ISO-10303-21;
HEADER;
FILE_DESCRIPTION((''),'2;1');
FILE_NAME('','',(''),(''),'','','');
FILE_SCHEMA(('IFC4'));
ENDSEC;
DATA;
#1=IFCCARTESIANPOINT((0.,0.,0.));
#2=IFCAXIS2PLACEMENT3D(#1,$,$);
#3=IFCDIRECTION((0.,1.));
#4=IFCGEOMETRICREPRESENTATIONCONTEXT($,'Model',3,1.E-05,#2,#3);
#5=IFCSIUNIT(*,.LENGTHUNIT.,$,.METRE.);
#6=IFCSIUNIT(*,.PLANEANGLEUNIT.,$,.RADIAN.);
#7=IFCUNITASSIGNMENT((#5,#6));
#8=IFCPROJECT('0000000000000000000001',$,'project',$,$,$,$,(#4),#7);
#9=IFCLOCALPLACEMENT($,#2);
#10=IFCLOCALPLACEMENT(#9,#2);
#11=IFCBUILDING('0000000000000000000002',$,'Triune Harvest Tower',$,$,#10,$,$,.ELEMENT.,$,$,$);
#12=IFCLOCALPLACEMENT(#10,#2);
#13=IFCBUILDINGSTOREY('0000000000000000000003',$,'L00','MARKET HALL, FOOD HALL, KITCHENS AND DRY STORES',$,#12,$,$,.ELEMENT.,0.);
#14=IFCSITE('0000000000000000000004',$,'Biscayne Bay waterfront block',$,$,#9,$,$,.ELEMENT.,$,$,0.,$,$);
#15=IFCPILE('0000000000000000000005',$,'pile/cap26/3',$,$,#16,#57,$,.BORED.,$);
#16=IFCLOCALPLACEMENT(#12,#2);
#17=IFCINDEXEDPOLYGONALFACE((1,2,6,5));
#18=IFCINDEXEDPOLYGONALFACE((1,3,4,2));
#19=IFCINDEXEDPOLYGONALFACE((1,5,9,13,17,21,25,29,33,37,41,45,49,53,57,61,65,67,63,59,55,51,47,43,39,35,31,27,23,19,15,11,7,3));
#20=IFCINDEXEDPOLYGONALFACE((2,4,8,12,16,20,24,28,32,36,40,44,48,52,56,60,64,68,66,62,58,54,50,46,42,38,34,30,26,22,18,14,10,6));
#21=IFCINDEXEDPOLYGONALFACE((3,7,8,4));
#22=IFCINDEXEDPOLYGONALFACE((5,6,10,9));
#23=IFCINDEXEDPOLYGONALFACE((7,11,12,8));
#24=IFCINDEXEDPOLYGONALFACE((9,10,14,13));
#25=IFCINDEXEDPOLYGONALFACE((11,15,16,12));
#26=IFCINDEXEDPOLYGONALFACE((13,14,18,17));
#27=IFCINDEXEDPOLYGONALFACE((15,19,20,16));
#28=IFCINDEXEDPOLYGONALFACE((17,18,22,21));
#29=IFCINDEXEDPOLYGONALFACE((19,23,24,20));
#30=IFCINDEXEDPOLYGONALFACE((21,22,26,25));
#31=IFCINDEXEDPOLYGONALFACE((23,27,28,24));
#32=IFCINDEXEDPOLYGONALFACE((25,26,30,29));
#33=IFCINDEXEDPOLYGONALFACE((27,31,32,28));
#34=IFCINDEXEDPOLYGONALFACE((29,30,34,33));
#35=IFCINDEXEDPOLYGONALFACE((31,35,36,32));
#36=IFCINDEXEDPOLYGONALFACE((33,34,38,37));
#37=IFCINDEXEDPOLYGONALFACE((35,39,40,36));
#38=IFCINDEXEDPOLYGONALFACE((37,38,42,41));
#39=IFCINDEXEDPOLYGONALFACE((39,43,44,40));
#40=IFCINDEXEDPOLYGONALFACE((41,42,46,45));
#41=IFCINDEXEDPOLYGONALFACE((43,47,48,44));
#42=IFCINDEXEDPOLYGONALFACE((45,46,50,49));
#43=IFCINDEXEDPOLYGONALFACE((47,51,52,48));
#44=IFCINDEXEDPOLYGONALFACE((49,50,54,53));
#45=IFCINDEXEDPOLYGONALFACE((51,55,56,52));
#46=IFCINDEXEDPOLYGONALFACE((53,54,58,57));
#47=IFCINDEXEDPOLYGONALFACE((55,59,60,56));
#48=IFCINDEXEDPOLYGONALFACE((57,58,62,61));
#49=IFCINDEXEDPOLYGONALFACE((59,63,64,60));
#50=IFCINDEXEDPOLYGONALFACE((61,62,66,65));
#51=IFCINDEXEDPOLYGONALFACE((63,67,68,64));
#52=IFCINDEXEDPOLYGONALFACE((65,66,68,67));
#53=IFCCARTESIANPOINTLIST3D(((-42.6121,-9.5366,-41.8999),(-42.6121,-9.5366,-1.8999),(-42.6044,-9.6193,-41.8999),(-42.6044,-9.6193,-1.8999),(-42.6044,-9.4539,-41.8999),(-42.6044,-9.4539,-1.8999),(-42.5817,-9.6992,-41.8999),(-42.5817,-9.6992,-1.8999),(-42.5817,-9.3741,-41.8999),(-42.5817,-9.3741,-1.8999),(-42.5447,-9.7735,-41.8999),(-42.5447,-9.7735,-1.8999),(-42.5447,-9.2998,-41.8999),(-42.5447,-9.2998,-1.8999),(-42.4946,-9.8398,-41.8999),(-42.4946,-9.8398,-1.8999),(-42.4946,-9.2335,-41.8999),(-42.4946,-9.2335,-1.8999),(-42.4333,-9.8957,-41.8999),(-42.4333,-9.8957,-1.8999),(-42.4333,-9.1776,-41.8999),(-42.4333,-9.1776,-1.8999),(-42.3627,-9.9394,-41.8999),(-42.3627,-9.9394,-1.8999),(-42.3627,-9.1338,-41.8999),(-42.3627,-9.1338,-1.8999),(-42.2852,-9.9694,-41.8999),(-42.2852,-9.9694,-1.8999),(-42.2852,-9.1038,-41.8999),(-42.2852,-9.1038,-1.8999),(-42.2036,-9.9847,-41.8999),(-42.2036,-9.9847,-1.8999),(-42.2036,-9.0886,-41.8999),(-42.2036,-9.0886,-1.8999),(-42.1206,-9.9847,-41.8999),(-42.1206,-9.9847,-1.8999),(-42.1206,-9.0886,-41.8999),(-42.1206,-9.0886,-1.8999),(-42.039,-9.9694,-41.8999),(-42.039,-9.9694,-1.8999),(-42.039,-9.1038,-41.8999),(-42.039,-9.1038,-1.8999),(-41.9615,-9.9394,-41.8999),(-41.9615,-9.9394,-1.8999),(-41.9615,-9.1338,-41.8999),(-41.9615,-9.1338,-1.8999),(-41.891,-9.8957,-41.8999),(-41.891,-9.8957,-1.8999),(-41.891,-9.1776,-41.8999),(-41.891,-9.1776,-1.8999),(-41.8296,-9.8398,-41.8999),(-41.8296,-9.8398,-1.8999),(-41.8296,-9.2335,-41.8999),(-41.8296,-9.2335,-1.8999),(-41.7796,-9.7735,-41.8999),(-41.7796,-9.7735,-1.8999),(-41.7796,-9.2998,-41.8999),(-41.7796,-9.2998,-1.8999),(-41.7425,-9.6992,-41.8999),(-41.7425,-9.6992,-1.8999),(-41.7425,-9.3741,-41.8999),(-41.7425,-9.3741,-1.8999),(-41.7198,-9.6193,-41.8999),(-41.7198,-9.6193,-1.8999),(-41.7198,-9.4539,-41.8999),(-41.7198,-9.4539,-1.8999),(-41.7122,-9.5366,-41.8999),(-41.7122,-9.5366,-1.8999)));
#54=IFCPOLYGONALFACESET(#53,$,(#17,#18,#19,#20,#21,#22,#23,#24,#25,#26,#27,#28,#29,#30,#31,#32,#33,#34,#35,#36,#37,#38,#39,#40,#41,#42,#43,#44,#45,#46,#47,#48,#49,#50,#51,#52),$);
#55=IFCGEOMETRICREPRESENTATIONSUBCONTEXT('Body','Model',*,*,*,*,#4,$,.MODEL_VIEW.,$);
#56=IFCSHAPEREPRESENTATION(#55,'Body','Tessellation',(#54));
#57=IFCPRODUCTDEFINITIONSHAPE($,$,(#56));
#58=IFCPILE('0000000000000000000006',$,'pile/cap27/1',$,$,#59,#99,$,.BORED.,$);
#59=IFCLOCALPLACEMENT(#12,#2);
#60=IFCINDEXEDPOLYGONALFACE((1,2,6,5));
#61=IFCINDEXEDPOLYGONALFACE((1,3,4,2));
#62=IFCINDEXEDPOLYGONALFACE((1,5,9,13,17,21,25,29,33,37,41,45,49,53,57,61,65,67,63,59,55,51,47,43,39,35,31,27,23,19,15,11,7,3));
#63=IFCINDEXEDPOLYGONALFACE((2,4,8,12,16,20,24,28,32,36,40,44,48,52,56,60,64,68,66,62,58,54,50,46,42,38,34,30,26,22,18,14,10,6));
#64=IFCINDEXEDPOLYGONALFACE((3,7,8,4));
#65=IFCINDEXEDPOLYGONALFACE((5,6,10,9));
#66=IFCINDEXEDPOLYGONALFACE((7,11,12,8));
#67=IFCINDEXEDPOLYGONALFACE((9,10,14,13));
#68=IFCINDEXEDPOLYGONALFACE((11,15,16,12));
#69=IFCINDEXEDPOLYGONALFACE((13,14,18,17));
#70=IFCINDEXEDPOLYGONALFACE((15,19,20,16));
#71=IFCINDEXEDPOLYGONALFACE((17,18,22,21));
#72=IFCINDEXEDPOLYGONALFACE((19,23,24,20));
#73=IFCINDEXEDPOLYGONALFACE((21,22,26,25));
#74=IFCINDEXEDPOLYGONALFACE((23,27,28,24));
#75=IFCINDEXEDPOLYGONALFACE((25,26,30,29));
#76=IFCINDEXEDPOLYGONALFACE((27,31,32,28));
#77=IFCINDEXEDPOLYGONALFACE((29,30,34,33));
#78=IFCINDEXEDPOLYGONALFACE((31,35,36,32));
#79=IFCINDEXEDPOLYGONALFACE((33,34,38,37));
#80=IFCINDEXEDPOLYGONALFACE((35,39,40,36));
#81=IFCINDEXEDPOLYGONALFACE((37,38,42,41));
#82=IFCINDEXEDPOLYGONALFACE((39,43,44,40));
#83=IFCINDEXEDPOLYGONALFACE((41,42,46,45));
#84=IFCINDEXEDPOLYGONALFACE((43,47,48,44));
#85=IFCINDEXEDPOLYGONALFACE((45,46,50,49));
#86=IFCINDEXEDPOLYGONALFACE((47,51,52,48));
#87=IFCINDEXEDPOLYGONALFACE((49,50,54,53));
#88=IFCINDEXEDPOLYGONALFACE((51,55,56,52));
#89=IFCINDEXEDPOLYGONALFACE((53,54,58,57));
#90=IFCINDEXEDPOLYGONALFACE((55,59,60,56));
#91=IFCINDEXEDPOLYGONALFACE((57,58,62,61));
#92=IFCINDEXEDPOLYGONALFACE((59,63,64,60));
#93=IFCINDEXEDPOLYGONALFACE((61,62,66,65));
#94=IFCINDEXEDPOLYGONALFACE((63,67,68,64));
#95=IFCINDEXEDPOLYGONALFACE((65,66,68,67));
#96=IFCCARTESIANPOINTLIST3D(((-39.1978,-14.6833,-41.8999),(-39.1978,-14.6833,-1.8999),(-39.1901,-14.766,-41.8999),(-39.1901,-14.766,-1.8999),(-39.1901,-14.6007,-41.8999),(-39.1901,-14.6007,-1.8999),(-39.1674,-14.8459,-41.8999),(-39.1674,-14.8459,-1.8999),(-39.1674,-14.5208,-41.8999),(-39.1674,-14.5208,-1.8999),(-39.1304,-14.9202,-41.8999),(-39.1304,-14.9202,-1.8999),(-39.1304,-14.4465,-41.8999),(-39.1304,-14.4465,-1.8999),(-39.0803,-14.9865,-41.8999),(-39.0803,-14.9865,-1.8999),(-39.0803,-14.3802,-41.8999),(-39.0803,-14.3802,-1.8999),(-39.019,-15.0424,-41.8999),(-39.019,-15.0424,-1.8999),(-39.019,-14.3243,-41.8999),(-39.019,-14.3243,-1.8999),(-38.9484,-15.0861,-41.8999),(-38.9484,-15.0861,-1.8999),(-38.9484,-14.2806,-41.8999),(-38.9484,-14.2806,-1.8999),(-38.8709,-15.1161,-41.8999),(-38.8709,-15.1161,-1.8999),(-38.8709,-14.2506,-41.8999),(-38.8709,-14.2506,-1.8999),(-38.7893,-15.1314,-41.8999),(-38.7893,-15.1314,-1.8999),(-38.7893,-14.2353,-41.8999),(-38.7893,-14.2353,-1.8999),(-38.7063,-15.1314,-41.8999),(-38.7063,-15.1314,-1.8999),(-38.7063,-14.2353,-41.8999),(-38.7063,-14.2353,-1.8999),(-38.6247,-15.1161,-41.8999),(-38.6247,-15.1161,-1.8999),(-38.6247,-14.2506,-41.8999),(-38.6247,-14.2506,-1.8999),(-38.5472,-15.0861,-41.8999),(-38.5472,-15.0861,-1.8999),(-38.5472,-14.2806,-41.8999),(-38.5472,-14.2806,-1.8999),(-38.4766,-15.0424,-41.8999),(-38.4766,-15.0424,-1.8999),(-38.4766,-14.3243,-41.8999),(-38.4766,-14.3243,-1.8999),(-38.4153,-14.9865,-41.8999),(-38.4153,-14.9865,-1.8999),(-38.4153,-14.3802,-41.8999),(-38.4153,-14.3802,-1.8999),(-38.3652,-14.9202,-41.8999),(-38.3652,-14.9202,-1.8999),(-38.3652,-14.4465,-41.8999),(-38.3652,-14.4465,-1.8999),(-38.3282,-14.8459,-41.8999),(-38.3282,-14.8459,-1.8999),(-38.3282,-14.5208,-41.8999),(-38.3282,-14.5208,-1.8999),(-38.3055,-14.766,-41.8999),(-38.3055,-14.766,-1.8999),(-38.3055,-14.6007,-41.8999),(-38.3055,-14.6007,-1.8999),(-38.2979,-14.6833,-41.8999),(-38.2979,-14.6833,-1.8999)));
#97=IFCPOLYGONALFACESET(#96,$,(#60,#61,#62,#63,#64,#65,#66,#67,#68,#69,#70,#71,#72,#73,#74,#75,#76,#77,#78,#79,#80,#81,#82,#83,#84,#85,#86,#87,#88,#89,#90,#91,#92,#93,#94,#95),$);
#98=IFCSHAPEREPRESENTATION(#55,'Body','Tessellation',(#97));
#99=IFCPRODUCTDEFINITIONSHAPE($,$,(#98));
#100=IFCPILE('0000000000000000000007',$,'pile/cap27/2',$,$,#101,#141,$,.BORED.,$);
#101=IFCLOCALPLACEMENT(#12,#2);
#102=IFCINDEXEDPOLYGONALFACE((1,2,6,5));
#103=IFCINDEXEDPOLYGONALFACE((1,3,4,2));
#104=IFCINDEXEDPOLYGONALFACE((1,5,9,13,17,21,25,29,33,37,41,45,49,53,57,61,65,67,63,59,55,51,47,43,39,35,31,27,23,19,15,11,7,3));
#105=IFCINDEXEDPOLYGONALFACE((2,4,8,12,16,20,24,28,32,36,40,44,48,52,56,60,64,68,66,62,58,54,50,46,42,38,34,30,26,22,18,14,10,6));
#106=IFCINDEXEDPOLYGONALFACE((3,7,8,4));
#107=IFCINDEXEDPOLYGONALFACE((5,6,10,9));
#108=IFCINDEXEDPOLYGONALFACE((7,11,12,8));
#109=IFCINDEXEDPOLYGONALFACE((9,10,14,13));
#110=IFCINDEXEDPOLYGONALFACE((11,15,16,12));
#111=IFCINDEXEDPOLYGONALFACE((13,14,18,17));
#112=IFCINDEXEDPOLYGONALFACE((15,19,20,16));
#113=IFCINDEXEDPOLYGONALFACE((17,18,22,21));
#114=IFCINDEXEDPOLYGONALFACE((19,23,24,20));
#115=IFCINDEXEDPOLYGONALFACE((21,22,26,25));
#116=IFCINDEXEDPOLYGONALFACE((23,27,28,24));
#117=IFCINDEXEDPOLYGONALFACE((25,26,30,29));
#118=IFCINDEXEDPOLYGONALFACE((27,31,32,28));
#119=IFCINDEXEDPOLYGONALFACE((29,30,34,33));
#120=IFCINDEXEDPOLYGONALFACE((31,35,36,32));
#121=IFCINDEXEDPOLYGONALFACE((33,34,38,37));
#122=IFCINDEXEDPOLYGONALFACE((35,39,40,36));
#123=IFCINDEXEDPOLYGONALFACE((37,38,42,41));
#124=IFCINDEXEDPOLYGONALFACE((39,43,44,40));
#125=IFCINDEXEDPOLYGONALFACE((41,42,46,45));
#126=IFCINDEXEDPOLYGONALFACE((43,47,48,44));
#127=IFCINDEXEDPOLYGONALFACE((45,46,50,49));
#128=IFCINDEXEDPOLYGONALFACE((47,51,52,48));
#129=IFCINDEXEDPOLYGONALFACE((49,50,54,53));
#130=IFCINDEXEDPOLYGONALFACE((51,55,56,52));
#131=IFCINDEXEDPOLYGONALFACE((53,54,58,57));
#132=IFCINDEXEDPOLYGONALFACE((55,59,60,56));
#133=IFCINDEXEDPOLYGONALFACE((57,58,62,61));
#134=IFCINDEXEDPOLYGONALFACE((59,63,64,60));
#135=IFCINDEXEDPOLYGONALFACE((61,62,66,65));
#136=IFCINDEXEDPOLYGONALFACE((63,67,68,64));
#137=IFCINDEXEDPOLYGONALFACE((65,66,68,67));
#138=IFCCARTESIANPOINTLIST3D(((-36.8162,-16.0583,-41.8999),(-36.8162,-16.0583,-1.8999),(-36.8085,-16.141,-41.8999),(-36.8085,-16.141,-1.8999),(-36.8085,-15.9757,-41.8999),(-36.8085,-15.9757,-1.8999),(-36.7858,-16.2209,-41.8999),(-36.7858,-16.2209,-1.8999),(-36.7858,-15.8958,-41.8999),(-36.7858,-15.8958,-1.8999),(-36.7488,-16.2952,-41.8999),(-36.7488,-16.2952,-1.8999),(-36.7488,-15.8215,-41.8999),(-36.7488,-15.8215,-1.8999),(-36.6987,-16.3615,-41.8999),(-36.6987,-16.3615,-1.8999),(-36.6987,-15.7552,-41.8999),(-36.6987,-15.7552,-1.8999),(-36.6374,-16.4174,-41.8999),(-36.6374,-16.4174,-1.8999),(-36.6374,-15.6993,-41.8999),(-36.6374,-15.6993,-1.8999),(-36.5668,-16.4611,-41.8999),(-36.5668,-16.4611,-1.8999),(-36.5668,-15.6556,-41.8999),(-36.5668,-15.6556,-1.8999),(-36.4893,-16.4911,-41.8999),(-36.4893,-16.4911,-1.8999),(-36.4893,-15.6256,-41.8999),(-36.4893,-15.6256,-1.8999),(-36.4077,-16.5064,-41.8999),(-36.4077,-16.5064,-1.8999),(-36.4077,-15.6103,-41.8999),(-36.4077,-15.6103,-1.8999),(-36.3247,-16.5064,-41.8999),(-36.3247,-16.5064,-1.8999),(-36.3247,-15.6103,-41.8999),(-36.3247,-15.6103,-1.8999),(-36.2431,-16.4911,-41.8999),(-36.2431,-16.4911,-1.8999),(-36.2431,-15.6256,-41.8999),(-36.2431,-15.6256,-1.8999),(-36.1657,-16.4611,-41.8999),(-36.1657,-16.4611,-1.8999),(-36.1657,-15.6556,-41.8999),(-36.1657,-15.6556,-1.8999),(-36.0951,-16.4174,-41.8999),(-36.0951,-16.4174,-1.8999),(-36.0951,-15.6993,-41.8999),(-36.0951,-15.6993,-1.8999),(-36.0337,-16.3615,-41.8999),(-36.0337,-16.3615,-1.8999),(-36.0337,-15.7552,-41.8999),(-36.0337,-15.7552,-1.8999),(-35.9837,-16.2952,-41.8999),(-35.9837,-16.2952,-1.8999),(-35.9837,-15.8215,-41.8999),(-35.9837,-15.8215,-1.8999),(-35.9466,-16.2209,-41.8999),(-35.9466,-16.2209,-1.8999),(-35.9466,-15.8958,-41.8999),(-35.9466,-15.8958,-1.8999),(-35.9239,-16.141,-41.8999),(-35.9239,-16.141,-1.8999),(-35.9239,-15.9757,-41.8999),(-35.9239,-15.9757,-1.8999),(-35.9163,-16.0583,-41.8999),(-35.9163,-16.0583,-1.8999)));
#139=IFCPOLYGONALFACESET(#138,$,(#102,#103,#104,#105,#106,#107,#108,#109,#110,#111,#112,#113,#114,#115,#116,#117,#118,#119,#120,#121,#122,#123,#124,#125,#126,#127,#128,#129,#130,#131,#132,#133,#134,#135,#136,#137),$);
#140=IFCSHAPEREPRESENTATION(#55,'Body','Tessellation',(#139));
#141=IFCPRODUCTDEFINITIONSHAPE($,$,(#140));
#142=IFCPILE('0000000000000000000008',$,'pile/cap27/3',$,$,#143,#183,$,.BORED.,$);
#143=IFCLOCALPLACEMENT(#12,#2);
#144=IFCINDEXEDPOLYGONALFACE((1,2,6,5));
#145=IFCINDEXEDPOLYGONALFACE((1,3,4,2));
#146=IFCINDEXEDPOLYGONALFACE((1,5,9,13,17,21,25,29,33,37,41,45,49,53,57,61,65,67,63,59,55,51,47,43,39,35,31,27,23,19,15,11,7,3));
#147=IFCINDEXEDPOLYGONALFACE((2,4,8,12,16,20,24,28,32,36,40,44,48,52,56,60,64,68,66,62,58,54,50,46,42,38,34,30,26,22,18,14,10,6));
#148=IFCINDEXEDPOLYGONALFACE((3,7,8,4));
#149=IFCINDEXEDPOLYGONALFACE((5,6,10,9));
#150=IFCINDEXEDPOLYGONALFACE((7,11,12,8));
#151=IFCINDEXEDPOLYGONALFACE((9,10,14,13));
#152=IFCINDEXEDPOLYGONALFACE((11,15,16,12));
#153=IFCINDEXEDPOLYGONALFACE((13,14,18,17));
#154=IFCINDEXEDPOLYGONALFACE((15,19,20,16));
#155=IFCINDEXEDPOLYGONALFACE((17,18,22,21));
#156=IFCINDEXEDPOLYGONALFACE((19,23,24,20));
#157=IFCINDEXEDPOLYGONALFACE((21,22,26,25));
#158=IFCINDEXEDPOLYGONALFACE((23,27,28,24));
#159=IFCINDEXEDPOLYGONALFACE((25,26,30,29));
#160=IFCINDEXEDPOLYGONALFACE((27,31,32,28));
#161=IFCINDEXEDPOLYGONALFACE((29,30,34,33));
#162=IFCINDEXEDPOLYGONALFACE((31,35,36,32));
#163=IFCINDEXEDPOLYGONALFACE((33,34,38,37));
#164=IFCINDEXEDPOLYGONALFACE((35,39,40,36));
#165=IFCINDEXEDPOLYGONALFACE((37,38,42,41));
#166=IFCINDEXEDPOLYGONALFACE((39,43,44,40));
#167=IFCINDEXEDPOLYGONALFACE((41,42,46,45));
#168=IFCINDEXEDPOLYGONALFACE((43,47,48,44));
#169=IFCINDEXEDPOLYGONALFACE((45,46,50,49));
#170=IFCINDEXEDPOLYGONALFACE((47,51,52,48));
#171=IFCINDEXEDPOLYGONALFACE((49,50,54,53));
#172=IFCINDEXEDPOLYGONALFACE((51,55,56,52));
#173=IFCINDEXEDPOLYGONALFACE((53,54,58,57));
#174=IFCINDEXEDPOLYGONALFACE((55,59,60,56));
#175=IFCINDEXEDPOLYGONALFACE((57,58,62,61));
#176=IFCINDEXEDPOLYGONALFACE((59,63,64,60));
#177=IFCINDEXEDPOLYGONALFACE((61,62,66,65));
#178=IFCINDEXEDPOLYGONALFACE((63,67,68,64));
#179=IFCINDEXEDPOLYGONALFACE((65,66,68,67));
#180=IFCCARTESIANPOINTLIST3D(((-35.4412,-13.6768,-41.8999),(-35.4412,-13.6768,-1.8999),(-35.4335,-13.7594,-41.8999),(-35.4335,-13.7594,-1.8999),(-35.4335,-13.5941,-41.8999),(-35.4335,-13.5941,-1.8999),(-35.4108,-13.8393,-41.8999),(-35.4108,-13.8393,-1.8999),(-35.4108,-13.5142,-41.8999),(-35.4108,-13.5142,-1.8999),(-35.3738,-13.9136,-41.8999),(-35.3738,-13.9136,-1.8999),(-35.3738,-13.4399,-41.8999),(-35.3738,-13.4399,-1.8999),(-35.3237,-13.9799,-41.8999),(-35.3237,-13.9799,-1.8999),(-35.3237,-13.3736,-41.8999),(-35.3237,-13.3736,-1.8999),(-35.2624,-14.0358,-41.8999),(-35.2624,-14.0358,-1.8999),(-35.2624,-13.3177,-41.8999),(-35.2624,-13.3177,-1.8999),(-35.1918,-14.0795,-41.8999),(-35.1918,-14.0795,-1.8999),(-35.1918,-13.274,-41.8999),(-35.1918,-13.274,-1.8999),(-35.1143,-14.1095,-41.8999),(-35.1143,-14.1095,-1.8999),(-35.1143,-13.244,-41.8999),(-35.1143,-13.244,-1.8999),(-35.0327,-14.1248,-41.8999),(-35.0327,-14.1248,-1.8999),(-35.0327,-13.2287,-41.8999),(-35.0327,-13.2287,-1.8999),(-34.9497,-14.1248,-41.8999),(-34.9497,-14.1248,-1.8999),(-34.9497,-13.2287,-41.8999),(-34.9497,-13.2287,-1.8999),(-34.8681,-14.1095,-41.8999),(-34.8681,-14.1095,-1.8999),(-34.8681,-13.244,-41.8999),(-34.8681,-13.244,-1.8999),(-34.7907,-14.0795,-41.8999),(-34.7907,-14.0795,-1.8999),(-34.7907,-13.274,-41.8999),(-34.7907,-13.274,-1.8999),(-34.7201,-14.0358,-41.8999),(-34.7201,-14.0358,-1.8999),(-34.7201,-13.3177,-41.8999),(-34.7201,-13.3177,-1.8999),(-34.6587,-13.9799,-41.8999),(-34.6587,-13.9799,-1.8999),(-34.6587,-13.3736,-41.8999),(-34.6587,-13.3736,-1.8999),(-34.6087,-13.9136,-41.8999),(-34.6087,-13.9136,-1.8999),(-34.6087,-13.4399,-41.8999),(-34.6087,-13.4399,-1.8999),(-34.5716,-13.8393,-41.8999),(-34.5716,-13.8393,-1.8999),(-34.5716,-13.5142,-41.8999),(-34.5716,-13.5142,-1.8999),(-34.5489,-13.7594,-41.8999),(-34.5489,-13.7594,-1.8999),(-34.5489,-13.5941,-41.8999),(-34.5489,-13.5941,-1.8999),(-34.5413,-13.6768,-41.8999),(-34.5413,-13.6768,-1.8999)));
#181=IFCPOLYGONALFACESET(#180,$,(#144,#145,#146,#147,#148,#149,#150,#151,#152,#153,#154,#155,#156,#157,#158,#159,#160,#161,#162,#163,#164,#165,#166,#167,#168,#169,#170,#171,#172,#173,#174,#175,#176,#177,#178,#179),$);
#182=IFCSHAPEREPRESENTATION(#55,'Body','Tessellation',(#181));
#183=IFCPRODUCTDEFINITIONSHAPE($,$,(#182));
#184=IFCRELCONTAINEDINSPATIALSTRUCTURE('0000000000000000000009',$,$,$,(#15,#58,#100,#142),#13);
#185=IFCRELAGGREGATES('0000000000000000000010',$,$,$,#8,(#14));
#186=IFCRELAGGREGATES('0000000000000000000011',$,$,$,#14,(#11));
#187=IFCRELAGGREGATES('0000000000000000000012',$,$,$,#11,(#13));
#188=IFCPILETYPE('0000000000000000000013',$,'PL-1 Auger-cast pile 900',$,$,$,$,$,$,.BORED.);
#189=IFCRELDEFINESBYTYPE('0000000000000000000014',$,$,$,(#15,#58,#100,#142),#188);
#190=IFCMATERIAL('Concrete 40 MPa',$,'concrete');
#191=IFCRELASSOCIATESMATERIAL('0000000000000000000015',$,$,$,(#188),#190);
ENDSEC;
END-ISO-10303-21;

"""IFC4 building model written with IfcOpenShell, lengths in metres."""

from ifc_helpers import new_model, si_unit, direction, frame, origin, origin_2d, place, context, subcontext, project, spatial, circle, extrude, source, transform, mapped, material, material_profile, profile_set, type_object, element, save


model = new_model("IFC4")

# Units and contexts
model_context = context("Model", 3, precision=1e-05, world=origin(), true_north=direction((0.0, 1.0)))
body_context = subcontext(model_context, "Body", "Model", "MODEL_VIEW")
ifc_project = project(units=[si_unit("LENGTHUNIT", "METRE"), si_unit("PLANEANGLEUNIT", "RADIAN")], contexts=[model_context])

# Site, building, storey
site_placement = place(None, origin())
site = spatial("IfcSite", under=ifc_project, at=site_placement, Name="Biscayne Bay waterfront block", CompositionType="ELEMENT", RefElevation=0.0)
building_placement = place(site_placement, origin())
building = spatial("IfcBuilding", under=site, at=building_placement, Name="Triune Harvest Tower", CompositionType="ELEMENT")
storey_placement = place(building_placement, origin())
storey = spatial("IfcBuildingStorey", under=building, at=storey_placement, Name="L00", Description="MARKET HALL, FOOD HALL, KITCHENS AND DRY STORES", CompositionType="ELEMENT", Elevation=0.0)

# Piles
ifc_material_1 = material(Name="Concrete 40 MPa", Category="concrete")
ifc_material_profile_1 = material_profile(ifc_material_1, circle(Radius=0.45, at=origin_2d()), Name="Bored 900")
ifc_profile_set_1 = profile_set([ifc_material_profile_1], Name="Concrete 40 MPa")
pile_type = type_object("IfcPileType", Name="PL-1 Auger-cast pile 900", PredefinedType="BORED", material=ifc_profile_set_1)
shared_shape_1 = source(origin(), body_context, "Body", "SweptSolid", [
    extrude(circle(Radius=0.45, at=origin_2d()), origin(), (0.0, 0.0, 1.0), 40.0),
])
for number, where, z_axis, x_axis, name in (
    (1, (-42.1621, -9.5366, -1.8999), (0.0, 0.0, -1.0), (1.0, 0.0, 0.0), "pile/cap26/3"),
    (2, (-38.7478, -14.6833, -1.8999), (0.0, 0.0, -1.0), (1.0, 0.0, 0.0), "pile/cap27/1"),
    (3, (-36.3662, -16.0583, -1.8999), (0.0, 0.0, -1.0), (1.0, 0.0, 0.0), "pile/cap27/2"),
    (4, (-34.9912, -13.6768, -1.8999), (0.0, 0.0, -1.0), (1.0, 0.0, 0.0), "pile/cap27/3"),
):
    element("IfcPile", number, at=place(storey_placement, frame(where, z_axis=z_axis, x_axis=x_axis)), inside=storey, type_object=pile_type, Name=name, PredefinedType="BORED", context=body_context, shape_type="MappedRepresentation", body=[
        mapped(shared_shape_1, transform((0.0, 0.0, 0.0), scale=1.0)),
    ])

save(model, "model.ifc")
